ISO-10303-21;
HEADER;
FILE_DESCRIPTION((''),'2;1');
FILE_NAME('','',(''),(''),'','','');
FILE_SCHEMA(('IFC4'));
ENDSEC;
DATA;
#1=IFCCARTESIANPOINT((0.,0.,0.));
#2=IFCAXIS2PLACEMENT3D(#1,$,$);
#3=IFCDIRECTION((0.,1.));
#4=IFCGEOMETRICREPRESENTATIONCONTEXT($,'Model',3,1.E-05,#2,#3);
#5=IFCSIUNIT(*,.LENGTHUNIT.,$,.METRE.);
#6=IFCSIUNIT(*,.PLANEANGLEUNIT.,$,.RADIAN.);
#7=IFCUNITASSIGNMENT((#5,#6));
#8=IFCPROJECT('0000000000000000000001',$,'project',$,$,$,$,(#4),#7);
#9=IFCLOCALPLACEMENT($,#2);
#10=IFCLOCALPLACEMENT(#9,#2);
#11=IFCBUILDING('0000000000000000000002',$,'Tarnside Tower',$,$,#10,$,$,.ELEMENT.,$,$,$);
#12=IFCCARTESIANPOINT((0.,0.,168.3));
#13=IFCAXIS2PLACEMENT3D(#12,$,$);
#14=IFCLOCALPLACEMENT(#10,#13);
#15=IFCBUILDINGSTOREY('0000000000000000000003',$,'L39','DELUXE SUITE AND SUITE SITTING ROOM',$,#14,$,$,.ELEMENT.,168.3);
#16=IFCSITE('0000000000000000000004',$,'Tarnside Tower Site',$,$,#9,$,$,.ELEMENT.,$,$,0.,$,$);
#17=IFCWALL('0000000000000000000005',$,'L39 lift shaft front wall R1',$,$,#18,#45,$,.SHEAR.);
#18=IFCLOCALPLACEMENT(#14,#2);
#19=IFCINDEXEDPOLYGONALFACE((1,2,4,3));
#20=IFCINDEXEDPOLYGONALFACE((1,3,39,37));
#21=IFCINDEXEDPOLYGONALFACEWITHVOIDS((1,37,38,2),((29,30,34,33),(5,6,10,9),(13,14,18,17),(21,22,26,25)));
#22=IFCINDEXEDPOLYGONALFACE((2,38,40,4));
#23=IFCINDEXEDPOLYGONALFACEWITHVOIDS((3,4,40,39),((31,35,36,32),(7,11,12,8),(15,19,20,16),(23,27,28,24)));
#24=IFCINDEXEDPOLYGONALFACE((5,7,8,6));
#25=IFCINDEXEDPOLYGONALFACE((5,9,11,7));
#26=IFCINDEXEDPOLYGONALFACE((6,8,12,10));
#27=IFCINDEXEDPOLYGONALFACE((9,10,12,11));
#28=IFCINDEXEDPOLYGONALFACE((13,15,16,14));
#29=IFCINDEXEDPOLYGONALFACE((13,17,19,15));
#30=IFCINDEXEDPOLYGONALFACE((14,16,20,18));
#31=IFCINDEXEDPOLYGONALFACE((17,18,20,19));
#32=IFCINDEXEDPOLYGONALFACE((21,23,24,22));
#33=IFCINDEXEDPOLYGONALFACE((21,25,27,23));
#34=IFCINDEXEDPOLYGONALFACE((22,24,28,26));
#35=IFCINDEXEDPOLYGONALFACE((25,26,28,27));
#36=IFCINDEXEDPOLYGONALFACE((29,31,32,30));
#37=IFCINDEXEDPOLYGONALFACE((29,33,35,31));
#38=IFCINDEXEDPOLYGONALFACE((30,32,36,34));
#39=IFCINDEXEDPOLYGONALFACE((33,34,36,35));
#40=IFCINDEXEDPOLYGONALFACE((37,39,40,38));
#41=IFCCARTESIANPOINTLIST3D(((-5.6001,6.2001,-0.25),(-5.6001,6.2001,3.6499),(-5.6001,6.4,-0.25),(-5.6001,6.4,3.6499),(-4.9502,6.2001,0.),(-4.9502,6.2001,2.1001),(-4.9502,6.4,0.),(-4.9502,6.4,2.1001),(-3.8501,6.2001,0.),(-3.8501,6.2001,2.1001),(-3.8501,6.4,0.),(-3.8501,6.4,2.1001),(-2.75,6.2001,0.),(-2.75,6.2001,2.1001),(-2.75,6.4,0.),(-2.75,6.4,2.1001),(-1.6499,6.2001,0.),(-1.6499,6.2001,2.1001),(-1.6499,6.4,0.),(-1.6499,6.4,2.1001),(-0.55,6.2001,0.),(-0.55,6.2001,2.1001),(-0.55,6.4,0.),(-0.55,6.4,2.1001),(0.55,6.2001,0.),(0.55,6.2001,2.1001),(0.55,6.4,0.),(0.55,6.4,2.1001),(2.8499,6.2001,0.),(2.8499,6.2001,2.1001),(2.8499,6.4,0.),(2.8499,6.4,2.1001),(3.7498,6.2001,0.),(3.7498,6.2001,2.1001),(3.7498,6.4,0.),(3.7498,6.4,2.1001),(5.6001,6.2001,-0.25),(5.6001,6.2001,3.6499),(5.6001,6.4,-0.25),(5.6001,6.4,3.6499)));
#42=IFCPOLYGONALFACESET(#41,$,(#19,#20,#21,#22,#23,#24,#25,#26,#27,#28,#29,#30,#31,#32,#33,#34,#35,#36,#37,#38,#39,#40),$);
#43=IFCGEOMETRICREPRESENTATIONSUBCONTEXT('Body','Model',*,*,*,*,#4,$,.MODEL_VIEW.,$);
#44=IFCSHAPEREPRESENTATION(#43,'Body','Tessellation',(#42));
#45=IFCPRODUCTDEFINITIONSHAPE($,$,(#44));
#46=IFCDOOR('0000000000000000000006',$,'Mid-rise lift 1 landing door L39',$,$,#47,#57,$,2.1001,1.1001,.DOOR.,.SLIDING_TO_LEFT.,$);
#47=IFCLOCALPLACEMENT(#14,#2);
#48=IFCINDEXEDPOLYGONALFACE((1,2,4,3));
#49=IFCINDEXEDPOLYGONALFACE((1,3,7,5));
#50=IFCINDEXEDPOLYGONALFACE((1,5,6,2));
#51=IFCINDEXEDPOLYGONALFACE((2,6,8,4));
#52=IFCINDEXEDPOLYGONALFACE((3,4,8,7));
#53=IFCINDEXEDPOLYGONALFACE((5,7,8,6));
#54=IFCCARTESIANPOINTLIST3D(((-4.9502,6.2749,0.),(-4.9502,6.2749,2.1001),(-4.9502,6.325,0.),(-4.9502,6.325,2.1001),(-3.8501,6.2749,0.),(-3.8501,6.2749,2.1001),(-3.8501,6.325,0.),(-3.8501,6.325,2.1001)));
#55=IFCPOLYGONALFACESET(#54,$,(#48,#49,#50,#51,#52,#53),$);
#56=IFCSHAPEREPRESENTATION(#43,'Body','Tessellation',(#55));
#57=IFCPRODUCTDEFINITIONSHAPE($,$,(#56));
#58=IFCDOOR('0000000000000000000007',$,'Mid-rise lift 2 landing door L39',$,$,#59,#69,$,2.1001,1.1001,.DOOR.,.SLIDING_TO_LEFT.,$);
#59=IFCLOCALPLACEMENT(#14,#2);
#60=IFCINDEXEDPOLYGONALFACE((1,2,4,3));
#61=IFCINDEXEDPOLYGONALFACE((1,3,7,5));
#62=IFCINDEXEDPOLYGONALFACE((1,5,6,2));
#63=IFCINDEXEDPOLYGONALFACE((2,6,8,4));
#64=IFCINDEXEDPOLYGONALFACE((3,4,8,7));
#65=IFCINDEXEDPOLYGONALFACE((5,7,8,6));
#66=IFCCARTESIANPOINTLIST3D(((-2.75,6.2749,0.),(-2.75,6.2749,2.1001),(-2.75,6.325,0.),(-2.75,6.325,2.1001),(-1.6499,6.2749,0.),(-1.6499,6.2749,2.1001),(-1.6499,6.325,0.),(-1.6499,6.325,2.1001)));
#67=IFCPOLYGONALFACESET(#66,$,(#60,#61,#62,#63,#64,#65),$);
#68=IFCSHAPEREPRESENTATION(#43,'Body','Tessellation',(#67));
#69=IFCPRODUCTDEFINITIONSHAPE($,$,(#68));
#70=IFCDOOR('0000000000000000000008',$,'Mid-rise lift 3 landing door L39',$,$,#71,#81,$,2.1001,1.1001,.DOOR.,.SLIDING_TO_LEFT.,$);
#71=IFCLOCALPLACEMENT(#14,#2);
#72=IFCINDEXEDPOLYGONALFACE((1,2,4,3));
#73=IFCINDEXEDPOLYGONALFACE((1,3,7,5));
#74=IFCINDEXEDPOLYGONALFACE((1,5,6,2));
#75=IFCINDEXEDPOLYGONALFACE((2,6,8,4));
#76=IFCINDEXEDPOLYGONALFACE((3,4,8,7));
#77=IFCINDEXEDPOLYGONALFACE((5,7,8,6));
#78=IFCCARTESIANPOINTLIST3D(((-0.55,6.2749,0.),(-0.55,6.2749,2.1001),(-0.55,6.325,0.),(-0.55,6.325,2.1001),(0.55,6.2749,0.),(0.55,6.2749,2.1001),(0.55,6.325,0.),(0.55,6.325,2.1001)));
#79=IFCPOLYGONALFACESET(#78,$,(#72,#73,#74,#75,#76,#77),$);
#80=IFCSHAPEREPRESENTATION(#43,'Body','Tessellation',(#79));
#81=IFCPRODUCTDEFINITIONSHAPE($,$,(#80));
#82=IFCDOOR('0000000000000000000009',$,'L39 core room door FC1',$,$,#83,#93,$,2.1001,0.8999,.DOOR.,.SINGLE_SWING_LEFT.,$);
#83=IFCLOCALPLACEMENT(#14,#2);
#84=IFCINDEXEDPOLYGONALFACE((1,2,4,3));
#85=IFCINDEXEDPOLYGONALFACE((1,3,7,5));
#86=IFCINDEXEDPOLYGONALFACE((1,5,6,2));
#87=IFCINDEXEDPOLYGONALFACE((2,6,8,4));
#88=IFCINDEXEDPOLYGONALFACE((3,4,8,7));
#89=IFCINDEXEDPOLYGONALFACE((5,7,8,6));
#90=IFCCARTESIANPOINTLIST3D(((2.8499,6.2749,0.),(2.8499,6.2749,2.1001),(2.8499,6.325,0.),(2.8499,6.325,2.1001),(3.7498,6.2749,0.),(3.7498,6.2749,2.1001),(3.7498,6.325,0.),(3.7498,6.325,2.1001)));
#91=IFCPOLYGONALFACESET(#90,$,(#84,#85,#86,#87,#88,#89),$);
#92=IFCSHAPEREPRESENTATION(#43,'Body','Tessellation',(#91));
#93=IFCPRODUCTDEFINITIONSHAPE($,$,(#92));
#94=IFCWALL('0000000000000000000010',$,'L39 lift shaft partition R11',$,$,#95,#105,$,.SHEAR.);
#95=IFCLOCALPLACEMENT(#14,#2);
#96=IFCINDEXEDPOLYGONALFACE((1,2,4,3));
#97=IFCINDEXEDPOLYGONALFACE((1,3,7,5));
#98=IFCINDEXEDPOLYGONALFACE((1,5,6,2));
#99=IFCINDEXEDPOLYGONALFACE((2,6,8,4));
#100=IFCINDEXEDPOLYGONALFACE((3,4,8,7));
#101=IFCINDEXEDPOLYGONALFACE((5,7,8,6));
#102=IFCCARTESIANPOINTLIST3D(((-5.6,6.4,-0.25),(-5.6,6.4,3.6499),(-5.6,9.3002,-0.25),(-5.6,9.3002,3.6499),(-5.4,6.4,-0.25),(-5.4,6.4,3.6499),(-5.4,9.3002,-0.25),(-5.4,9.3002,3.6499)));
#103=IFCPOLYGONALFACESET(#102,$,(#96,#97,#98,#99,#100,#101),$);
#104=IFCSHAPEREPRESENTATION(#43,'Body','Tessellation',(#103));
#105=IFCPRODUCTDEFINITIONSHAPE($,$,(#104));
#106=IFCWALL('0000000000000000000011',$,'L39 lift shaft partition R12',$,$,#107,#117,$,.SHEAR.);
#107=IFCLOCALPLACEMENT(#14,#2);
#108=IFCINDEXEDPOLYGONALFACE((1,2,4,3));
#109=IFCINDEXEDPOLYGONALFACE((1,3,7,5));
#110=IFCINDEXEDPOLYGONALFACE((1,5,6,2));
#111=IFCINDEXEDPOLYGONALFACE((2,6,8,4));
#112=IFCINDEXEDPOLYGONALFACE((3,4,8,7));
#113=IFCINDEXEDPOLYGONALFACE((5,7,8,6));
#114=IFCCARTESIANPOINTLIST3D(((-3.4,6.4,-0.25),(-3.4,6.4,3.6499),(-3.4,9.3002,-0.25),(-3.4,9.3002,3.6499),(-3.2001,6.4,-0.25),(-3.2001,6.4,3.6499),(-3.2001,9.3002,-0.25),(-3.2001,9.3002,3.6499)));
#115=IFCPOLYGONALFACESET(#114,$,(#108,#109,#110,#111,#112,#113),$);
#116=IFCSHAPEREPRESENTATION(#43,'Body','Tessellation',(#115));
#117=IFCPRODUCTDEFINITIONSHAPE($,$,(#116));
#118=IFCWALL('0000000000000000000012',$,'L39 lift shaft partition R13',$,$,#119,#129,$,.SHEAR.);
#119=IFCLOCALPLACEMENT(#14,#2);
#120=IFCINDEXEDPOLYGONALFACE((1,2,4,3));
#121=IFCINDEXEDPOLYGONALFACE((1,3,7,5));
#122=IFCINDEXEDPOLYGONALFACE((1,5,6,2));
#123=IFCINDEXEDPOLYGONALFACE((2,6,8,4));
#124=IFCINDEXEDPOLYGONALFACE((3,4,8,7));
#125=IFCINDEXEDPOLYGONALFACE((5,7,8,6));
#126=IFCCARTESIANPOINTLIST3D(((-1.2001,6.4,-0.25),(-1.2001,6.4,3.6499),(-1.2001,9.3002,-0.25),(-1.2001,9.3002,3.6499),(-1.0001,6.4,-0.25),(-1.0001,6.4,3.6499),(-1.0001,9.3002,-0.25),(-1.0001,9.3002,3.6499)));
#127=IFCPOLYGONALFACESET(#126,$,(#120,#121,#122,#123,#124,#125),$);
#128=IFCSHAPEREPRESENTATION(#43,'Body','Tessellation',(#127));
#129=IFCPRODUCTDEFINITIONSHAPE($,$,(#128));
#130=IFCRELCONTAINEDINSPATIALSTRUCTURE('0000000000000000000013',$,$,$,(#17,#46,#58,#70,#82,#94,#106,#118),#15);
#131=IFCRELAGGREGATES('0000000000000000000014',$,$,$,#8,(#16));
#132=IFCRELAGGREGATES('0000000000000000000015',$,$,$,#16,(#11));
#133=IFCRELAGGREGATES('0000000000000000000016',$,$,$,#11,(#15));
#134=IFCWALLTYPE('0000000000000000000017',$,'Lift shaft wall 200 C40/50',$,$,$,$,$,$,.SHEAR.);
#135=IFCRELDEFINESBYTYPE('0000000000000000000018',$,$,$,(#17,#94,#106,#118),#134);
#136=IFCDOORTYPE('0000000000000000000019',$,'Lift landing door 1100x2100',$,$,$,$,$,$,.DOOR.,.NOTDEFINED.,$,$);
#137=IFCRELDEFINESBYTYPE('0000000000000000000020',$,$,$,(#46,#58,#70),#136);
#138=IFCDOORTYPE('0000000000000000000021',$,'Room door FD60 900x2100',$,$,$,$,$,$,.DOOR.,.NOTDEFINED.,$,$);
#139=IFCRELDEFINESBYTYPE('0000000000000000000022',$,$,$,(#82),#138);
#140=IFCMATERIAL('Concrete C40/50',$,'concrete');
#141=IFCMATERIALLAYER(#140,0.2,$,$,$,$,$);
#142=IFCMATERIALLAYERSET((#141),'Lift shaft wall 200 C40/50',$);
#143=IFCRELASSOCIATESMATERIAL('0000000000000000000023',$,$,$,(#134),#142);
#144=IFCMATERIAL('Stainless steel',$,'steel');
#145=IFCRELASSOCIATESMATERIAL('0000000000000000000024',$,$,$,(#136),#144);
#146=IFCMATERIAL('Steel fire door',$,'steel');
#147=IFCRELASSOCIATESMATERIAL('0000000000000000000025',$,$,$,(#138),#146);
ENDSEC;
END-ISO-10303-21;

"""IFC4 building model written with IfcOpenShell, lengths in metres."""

from ifc_helpers import new_model, si_unit, direction, frame, frame_2d, origin, place, context, subcontext, project, spatial, rectangle, extrude, material, layer, layer_set, type_object, element, fill, save


model = new_model("IFC4")

# Units and contexts
model_context = context("Model", 3, precision=1e-05, world=origin(), true_north=direction((0.0, 1.0)))
body_context = subcontext(model_context, "Body", "Model", "MODEL_VIEW")
ifc_project = project(units=[si_unit("LENGTHUNIT", "METRE"), si_unit("PLANEANGLEUNIT", "RADIAN")], contexts=[model_context])

# Site, building, storey
site_placement = place(None, origin())
site = spatial("IfcSite", under=ifc_project, at=site_placement, Name="Tarnside Tower Site", CompositionType="ELEMENT", RefElevation=0.0)
building_placement = place(site_placement, origin())
building = spatial("IfcBuilding", under=site, at=building_placement, Name="Tarnside Tower", CompositionType="ELEMENT")
storey_placement = place(building_placement, frame((0.0, 0.0, 168.3)))
storey = spatial("IfcBuildingStorey", under=building, at=storey_placement, Name="L39", Description="DELUXE SUITE AND SUITE SITTING ROOM", CompositionType="ELEMENT", Elevation=168.3)

# Shared definitions
ifc_material_1 = material(Name="Concrete C40/50", Category="concrete")

# Shared definitions
ifc_material_2 = material(Name="Steel fire door", Category="steel")

# Wall, openings, doors
ifc_layer_1 = layer(ifc_material_1, 0.2)
ifc_layer_set_1 = layer_set([ifc_layer_1], Name="Lift shaft wall 200 C40/50")
wall_type_1 = type_object("IfcWallType", Name="Lift shaft wall 200 C40/50", PredefinedType="SHEAR", material=ifc_layer_set_1)
wall_1_placement = place(storey_placement, frame((-5.6001, 6.3, -0.25), z_axis=(0.0, 0.0, 1.0), x_axis=(1.0, 0.0, 0.0)))
wall_1 = element("IfcWall", 1, at=wall_1_placement, inside=storey, type_object=wall_type_1, Name="L39 lift shaft front wall R1", PredefinedType="SHEAR", context=body_context, shape_type="SweptSolid", body=[
    extrude(rectangle(XDim=11.2002, YDim=0.2, at=frame_2d((5.6001, 0.0))), origin(), (0.0, 0.0, 1.0), 3.8999),
])
opening_1_placement = place(wall_1_placement, frame((8.45, 0.0, 0.25)))
opening_1 = element("IfcOpeningElement", 2, at=opening_1_placement, cuts=wall_1, PredefinedType="OPENING", context=body_context, shape_type="SweptSolid", body=[
    extrude(rectangle(XDim=0.8999, YDim=2.1001, at=frame_2d((0.45, 1.05))), frame((0.0, 0.1099, 0.0), z_axis=(0.0, -1.0, 0.0), x_axis=(1.0, 0.0, 0.0)), (0.0, 0.0, 1.0), 0.22),
])
opening_2_placement = place(wall_1_placement, frame((0.6499, 0.0, 0.25)))
opening_2 = element("IfcOpeningElement", 3, at=opening_2_placement, cuts=wall_1, PredefinedType="OPENING", context=body_context, shape_type="SweptSolid", body=[
    extrude(rectangle(XDim=1.1001, YDim=2.1001, at=frame_2d((0.55, 1.05))), frame((0.0, 0.1099, 0.0), z_axis=(0.0, -1.0, 0.0), x_axis=(1.0, 0.0, 0.0)), (0.0, 0.0, 1.0), 0.22),
])
opening_3_placement = place(wall_1_placement, frame((2.8501, 0.0, 0.25)))
opening_3 = element("IfcOpeningElement", 4, at=opening_3_placement, cuts=wall_1, PredefinedType="OPENING", context=body_context, shape_type="SweptSolid", body=[
    extrude(rectangle(XDim=1.1001, YDim=2.1001, at=frame_2d((0.55, 1.05))), frame((0.0, 0.1099, 0.0), z_axis=(0.0, -1.0, 0.0), x_axis=(1.0, 0.0, 0.0)), (0.0, 0.0, 1.0), 0.22),
])
opening_4_placement = place(wall_1_placement, frame((5.05, 0.0, 0.25)))
opening_4 = element("IfcOpeningElement", 5, at=opening_4_placement, cuts=wall_1, PredefinedType="OPENING", context=body_context, shape_type="SweptSolid", body=[
    extrude(rectangle(XDim=1.1001, YDim=2.1001, at=frame_2d((0.55, 1.05))), frame((0.0, 0.1099, 0.0), z_axis=(0.0, -1.0, 0.0), x_axis=(1.0, 0.0, 0.0)), (0.0, 0.0, 1.0), 0.22),
])
ifc_material_3 = material(Name="Stainless steel", Category="steel")
door_type_1 = type_object("IfcDoorType", Name="Lift landing door 1100x2100", OperationType="NOTDEFINED", PredefinedType="DOOR", material=ifc_material_3)
door_1_placement = place(opening_2_placement, origin())
door_1 = element("IfcDoor", 6, at=door_1_placement, inside=storey, type_object=door_type_1, Name="Mid-rise lift 1 landing door L39", OperationType="SLIDING_TO_LEFT", OverallHeight=2.1001, OverallWidth=1.1001, PredefinedType="DOOR", context=body_context, shape_type="SweptSolid", body=[
    extrude(rectangle(XDim=1.1001, YDim=2.1001, at=frame_2d((0.55, 1.05))), frame((0.0, 0.0249, 0.0), z_axis=(0.0, -1.0, 0.0), x_axis=(1.0, 0.0, 0.0)), (0.0, 0.0, 1.0), 0.05),
])
fill(opening_2, door_1)
door_2_placement = place(opening_3_placement, origin())
door_2 = element("IfcDoor", 7, at=door_2_placement, inside=storey, type_object=door_type_1, Name="Mid-rise lift 2 landing door L39", OperationType="SLIDING_TO_LEFT", OverallHeight=2.1001, OverallWidth=1.1001, PredefinedType="DOOR", context=body_context, shape_type="SweptSolid", body=[
    extrude(rectangle(XDim=1.1001, YDim=2.1001, at=frame_2d((0.55, 1.05))), frame((0.0, 0.0249, 0.0), z_axis=(0.0, -1.0, 0.0), x_axis=(1.0, 0.0, 0.0)), (0.0, 0.0, 1.0), 0.05),
])
fill(opening_3, door_2)
door_3_placement = place(opening_4_placement, origin())
door_3 = element("IfcDoor", 8, at=door_3_placement, inside=storey, type_object=door_type_1, Name="Mid-rise lift 3 landing door L39", OperationType="SLIDING_TO_LEFT", OverallHeight=2.1001, OverallWidth=1.1001, PredefinedType="DOOR", context=body_context, shape_type="SweptSolid", body=[
    extrude(rectangle(XDim=1.1001, YDim=2.1001, at=frame_2d((0.55, 1.05))), frame((0.0, 0.0249, 0.0), z_axis=(0.0, -1.0, 0.0), x_axis=(1.0, 0.0, 0.0)), (0.0, 0.0, 1.0), 0.05),
])
fill(opening_4, door_3)
door_type_2 = type_object("IfcDoorType", Name="Room door FD60 900x2100", OperationType="NOTDEFINED", PredefinedType="DOOR", material=ifc_material_2)
door_4_placement = place(opening_1_placement, origin())
door_4 = element("IfcDoor", 9, at=door_4_placement, inside=storey, type_object=door_type_2, Name="L39 core room door FC1", OperationType="SINGLE_SWING_LEFT", OverallHeight=2.1001, OverallWidth=0.8999, PredefinedType="DOOR", context=body_context, shape_type="SweptSolid", body=[
    extrude(rectangle(XDim=0.8999, YDim=2.1001, at=frame_2d((0.45, 1.05))), frame((0.0, 0.0249, 0.0), z_axis=(0.0, -1.0, 0.0), x_axis=(1.0, 0.0, 0.0)), (0.0, 0.0, 1.0), 0.05),
])
fill(opening_1, door_4)

# Walls
for number, where, z_axis, x_axis, name in (
    (10, (-5.5, 6.3999, -0.25), (0.0, 0.0, 1.0), (0.0, 1.0, 0.0), "L39 lift shaft partition R11"),
    (11, (-3.3, 6.3999, -0.25), (0.0, 0.0, 1.0), (0.0, 1.0, 0.0), "L39 lift shaft partition R12"),
    (12, (-1.1001, 6.3999, -0.25), (0.0, 0.0, 1.0), (0.0, 1.0, 0.0), "L39 lift shaft partition R13"),
):
    element("IfcWall", number, at=place(storey_placement, frame(where, z_axis=z_axis, x_axis=x_axis)), inside=storey, type_object=wall_type_1, Name=name, PredefinedType="SHEAR", context=body_context, shape_type="SweptSolid", body=[
        extrude(rectangle(XDim=2.9001, YDim=0.2, at=frame_2d((1.4502, 0.0))), origin(), (0.0, 0.0, 1.0), 3.8999),
    ])

save(model, "model.ifc")
